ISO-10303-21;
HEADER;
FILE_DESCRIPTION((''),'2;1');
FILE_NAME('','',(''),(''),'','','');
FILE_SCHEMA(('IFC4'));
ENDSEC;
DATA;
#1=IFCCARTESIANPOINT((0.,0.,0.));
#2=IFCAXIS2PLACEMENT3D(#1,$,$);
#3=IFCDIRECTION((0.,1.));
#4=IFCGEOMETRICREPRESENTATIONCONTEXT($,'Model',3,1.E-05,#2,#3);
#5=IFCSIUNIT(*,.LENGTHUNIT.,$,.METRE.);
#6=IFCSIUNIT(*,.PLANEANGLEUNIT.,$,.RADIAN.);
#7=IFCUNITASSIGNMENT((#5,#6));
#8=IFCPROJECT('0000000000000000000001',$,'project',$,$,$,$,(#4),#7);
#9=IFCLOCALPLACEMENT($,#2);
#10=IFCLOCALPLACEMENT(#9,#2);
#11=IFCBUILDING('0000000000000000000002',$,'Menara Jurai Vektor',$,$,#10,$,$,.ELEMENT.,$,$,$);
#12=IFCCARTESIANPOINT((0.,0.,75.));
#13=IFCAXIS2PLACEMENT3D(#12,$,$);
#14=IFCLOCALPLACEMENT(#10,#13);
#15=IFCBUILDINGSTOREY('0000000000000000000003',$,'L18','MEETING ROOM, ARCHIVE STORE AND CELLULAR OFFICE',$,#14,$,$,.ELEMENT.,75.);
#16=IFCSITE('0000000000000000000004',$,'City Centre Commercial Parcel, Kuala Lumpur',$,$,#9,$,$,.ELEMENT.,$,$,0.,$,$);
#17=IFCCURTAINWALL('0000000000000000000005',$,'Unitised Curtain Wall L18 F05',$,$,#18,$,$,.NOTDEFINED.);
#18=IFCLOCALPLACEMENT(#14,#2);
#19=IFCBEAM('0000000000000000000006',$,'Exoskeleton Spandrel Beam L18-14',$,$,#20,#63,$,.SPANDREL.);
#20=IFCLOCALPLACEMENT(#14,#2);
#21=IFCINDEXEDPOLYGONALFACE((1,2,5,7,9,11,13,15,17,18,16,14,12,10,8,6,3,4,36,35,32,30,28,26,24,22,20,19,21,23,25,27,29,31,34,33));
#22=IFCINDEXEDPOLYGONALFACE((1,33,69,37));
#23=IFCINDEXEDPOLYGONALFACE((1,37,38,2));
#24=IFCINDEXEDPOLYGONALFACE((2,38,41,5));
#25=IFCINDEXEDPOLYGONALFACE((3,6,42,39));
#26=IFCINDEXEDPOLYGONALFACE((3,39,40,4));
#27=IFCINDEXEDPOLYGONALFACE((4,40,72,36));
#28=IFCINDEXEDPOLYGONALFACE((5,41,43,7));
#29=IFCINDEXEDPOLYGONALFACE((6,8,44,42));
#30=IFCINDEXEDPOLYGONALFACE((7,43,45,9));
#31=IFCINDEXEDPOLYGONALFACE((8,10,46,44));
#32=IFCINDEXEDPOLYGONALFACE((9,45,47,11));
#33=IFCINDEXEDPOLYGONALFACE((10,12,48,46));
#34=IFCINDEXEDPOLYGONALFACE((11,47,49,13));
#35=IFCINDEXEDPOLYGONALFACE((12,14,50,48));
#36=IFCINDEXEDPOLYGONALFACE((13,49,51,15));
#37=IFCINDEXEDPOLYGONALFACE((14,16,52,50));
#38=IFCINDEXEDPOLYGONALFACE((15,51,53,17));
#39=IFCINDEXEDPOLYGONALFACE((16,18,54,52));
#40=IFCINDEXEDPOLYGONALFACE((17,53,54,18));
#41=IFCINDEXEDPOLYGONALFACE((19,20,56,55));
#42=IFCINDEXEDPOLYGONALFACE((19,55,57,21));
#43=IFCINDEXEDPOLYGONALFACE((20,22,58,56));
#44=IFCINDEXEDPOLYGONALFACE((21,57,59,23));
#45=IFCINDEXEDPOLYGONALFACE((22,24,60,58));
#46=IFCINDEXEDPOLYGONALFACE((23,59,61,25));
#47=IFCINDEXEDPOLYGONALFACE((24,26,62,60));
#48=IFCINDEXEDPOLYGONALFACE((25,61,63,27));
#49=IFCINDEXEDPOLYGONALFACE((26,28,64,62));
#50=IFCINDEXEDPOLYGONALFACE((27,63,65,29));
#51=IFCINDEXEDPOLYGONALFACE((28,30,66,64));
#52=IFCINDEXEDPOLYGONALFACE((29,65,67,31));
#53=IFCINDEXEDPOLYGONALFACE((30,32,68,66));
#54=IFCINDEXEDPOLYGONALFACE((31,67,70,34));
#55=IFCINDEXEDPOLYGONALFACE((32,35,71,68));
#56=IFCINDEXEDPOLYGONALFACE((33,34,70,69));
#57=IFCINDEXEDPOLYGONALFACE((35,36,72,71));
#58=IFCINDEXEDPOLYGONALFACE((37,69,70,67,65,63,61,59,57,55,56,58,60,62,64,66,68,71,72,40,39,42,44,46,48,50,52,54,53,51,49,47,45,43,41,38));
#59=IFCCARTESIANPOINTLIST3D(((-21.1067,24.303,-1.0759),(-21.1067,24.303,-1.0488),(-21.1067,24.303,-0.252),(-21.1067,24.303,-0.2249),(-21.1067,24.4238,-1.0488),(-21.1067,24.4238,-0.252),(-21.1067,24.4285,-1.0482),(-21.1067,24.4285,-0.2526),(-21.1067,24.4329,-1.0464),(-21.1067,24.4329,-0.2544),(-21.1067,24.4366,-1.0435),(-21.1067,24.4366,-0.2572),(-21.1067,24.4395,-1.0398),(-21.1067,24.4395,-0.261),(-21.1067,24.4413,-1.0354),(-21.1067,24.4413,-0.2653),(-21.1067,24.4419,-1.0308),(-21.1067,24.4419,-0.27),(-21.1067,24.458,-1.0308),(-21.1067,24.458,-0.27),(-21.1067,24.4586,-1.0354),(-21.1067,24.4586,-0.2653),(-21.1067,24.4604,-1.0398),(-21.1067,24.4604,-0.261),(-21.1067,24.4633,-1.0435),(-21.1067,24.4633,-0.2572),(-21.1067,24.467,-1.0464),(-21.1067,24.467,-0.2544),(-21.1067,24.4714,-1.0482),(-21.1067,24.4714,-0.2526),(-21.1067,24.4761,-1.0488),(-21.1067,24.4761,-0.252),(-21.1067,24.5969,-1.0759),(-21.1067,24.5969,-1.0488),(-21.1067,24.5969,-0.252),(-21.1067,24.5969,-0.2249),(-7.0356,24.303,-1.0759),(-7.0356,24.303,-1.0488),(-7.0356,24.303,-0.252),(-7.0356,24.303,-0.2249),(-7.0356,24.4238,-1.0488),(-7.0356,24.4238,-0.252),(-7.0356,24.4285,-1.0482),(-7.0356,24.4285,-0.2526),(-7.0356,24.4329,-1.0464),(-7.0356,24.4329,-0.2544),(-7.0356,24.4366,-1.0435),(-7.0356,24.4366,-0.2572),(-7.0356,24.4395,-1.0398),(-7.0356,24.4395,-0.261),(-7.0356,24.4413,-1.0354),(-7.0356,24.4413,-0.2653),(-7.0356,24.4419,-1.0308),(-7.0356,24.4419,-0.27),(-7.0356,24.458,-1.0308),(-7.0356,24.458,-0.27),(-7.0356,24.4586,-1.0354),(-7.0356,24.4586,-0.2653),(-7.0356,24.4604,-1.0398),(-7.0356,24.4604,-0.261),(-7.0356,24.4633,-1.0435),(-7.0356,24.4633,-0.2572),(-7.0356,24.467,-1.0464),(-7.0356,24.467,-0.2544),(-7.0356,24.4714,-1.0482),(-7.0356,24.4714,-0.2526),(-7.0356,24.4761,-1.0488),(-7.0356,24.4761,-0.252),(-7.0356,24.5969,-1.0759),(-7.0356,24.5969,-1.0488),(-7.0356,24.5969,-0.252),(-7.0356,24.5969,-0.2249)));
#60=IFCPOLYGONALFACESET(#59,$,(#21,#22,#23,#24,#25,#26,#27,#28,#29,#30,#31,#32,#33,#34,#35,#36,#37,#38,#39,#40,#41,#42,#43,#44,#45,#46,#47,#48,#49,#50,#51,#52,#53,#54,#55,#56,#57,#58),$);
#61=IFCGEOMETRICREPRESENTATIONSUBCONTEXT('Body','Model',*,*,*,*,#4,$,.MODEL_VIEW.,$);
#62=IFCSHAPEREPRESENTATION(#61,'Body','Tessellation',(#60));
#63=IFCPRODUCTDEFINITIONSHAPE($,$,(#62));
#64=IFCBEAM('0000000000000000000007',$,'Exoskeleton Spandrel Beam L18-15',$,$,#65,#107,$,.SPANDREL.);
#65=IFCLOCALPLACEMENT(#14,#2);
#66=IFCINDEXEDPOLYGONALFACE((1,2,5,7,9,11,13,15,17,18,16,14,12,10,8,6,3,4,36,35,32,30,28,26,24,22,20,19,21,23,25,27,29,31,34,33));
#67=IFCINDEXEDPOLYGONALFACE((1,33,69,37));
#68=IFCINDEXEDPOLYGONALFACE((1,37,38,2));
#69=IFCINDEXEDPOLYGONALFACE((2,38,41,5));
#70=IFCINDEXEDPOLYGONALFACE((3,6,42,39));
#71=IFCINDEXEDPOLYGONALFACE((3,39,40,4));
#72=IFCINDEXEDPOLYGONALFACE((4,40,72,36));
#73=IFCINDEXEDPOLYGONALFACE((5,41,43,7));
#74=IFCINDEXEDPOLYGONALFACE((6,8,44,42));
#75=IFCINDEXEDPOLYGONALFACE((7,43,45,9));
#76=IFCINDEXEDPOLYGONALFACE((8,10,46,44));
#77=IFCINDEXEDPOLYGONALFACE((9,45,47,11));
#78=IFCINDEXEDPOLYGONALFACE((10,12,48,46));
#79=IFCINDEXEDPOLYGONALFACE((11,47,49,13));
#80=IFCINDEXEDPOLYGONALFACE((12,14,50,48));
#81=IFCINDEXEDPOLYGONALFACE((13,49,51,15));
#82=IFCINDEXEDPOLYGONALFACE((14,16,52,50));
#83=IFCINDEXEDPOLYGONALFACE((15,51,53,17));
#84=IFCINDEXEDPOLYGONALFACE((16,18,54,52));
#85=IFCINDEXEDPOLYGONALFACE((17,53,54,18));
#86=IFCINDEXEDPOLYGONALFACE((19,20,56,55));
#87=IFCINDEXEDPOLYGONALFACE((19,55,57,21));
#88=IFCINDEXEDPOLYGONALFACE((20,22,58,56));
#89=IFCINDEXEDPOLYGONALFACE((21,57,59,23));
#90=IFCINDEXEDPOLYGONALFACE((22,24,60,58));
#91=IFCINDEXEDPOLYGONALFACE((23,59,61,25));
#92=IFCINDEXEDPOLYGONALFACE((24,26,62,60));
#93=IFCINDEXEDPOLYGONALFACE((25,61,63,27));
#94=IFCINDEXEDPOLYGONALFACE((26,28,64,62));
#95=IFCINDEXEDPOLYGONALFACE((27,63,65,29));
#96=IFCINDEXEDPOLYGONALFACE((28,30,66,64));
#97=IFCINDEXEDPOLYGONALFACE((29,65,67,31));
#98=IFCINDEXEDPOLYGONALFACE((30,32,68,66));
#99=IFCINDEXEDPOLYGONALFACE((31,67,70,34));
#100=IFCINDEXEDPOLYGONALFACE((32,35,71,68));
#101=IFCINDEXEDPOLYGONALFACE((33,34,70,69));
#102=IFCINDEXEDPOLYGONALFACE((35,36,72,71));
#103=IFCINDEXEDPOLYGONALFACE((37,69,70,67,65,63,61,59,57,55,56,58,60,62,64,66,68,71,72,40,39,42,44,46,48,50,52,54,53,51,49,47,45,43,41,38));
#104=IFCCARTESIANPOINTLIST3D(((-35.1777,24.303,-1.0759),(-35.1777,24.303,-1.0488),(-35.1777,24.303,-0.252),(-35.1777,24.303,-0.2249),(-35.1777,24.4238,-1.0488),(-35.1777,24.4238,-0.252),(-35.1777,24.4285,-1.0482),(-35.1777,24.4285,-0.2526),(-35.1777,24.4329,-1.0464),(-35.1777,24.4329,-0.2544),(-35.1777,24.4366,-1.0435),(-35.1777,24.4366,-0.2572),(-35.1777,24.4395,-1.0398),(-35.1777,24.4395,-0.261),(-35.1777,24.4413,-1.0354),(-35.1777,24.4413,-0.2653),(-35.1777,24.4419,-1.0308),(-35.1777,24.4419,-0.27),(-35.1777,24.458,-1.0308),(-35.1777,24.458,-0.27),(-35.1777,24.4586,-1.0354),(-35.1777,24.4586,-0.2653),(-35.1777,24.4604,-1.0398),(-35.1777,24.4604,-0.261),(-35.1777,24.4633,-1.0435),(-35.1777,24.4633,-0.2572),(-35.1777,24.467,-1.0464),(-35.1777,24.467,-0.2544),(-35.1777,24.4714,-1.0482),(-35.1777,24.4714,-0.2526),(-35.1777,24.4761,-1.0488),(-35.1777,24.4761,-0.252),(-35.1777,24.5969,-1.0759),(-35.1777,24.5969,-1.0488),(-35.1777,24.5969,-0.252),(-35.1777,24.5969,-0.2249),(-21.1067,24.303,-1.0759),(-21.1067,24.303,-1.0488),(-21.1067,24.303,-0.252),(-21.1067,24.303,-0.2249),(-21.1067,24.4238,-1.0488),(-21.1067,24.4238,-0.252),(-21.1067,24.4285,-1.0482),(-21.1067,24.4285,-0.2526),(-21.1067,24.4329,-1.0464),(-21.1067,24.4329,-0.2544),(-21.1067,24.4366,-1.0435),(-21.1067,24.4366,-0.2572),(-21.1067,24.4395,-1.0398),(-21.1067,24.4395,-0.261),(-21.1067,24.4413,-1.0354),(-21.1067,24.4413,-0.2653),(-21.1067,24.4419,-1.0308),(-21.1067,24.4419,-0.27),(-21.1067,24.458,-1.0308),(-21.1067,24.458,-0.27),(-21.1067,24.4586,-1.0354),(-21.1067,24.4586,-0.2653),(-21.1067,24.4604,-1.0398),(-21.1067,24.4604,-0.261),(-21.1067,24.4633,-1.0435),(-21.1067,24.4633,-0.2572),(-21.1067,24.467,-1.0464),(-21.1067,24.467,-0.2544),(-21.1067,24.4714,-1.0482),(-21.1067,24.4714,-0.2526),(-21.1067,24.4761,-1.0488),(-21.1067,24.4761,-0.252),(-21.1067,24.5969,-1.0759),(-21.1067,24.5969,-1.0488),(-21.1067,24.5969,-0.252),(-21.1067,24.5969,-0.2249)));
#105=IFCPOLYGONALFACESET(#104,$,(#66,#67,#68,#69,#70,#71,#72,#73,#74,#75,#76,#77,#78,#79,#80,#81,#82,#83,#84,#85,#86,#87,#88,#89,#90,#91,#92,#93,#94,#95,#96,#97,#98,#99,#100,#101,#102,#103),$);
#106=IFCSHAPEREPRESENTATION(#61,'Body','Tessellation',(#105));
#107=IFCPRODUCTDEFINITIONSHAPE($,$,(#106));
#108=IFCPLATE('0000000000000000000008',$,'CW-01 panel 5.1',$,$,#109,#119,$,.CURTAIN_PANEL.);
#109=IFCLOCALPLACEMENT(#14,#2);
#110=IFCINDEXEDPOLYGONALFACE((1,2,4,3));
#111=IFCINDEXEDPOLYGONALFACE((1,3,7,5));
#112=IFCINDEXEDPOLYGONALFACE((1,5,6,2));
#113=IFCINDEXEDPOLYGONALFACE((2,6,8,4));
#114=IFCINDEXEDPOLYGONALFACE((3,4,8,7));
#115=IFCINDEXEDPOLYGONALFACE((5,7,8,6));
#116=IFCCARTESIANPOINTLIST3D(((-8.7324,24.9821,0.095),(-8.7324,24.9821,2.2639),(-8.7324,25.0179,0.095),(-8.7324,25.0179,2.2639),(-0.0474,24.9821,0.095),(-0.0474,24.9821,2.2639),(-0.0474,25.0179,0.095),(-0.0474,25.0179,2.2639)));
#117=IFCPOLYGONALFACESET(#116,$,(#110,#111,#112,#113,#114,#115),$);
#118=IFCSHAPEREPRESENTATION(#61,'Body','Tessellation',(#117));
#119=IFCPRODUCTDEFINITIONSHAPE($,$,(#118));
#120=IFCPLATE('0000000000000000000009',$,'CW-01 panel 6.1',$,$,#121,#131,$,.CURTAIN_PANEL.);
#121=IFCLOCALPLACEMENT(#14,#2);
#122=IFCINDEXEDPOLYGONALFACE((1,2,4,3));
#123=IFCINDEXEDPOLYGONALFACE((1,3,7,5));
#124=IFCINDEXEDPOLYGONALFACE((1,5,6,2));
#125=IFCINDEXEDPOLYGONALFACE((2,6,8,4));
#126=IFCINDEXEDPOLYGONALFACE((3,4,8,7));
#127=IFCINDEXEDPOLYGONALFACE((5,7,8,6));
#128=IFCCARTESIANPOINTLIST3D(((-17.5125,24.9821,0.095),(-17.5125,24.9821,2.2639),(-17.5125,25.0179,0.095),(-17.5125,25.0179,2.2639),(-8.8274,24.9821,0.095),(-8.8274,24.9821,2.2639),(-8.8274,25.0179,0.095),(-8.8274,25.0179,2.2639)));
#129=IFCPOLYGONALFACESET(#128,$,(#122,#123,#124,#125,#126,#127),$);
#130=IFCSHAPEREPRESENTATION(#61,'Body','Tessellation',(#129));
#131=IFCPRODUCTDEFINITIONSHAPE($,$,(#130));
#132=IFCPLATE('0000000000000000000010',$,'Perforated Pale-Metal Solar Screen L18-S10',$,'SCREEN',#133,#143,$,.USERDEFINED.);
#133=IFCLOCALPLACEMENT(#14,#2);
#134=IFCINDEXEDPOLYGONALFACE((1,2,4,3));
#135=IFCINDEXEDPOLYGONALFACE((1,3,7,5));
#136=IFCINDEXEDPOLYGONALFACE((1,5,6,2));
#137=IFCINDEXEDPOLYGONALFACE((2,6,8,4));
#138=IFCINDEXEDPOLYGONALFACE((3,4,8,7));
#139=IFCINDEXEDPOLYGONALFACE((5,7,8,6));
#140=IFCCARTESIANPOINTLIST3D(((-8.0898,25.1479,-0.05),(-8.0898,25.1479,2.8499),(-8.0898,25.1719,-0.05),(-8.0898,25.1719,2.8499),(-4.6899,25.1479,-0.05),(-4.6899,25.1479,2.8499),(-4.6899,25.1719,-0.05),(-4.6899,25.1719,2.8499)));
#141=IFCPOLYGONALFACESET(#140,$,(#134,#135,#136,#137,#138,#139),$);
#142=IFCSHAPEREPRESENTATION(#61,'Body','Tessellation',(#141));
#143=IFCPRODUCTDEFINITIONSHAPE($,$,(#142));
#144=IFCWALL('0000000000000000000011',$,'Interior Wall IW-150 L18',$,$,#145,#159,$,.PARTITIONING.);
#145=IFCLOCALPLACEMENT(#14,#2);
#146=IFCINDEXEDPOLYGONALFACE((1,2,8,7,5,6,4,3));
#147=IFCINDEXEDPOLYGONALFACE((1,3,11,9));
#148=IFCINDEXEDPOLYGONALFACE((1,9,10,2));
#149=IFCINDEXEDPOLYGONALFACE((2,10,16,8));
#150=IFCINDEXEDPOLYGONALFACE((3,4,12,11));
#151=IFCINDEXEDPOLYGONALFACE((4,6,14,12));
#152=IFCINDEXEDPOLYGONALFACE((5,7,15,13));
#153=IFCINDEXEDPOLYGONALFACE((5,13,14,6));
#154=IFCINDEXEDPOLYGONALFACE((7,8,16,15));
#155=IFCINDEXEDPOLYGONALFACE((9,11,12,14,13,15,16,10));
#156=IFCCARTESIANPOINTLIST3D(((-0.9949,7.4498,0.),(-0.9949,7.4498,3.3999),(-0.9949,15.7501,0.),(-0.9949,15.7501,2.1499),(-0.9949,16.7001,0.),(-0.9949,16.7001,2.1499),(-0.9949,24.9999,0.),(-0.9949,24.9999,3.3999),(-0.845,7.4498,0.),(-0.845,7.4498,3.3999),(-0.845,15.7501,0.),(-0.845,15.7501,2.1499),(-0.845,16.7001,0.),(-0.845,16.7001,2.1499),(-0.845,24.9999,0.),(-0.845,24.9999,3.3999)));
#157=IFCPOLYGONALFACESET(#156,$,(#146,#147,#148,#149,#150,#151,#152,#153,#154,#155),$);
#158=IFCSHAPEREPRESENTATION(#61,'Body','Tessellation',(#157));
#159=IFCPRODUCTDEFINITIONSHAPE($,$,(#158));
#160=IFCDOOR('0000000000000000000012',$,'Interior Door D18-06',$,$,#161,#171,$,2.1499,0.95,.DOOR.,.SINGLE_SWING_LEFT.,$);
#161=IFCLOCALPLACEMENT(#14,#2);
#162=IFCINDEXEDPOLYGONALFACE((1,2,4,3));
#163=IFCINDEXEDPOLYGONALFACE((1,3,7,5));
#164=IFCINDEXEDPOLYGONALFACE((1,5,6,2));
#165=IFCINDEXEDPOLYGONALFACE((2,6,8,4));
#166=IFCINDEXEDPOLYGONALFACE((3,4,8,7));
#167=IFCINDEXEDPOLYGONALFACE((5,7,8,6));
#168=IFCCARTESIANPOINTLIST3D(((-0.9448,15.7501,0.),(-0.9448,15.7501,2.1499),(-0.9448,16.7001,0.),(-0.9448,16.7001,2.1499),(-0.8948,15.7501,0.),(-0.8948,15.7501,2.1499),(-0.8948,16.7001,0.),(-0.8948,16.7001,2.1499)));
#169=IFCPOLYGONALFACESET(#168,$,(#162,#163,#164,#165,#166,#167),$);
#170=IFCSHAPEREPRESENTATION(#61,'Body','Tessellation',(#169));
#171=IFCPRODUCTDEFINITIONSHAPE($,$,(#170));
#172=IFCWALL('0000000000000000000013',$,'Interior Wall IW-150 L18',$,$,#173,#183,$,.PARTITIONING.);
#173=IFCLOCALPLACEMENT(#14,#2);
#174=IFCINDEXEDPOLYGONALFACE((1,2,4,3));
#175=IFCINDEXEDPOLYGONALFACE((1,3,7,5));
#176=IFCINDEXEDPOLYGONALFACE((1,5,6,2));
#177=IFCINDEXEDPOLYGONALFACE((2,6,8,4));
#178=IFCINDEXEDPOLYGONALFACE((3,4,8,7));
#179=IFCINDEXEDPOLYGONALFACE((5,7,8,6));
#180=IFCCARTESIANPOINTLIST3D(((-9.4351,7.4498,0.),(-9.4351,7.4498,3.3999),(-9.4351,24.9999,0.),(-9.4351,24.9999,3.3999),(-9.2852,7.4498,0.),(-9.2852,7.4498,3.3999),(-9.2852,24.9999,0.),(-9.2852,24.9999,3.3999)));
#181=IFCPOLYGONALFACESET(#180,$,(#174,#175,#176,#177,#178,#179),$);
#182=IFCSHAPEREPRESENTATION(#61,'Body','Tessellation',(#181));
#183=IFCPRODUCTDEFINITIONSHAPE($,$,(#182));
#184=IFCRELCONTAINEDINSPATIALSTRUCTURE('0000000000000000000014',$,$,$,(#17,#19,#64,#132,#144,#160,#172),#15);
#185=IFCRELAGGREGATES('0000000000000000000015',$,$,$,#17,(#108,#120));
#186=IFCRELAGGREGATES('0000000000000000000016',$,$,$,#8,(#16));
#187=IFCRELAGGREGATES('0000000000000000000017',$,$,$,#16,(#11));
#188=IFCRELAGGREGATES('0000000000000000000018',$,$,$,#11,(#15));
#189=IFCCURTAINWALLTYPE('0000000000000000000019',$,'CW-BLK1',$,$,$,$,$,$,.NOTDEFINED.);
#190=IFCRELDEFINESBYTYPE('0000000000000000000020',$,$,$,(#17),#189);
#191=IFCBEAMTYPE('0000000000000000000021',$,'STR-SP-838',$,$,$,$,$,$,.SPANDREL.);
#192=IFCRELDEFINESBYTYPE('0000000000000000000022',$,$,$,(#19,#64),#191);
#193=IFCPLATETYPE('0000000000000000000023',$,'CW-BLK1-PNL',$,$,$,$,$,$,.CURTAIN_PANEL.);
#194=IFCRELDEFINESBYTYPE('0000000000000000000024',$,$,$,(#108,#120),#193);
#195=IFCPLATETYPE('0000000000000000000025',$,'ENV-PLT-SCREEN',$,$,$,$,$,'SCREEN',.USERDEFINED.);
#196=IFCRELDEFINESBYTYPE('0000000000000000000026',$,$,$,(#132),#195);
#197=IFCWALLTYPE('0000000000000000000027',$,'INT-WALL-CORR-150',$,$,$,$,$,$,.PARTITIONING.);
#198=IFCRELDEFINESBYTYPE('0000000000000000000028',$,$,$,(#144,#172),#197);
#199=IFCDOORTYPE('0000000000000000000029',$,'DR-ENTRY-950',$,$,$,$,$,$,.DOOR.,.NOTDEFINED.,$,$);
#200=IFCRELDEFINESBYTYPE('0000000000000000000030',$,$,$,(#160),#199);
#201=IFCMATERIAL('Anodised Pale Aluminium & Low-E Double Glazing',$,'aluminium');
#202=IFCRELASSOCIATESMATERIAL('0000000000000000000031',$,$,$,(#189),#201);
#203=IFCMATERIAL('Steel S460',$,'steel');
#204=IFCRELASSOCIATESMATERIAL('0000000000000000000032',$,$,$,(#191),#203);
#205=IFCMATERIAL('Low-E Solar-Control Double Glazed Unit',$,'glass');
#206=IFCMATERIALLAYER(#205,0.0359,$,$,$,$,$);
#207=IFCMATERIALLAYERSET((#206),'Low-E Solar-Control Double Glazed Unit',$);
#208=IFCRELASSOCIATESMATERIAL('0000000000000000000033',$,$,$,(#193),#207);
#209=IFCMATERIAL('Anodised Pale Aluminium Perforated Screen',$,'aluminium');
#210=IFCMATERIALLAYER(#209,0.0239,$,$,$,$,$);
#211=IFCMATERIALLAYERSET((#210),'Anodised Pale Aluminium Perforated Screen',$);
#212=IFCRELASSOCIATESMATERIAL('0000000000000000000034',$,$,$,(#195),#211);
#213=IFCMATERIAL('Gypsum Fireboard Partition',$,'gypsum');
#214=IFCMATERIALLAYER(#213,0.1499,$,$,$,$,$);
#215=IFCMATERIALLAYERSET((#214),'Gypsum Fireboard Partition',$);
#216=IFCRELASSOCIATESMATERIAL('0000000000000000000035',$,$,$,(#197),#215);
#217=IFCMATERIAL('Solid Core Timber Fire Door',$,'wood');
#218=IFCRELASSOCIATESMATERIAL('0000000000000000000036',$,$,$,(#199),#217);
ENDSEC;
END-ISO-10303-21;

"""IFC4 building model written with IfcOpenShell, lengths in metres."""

from ifc_helpers import new_model, si_unit, direction, frame, frame_2d, origin, origin_2d, place, context, subcontext, project, spatial, rectangle, i_section, extrude, material, layer, layer_set, material_profile, profile_set, type_object, element, fill, aggregate, save


model = new_model("IFC4")

# Units and contexts
model_context = context("Model", 3, precision=1e-05, world=origin(), true_north=direction((0.0, 1.0)))
body_context = subcontext(model_context, "Body", "Model", "MODEL_VIEW")
ifc_project = project(units=[si_unit("LENGTHUNIT", "METRE"), si_unit("PLANEANGLEUNIT", "RADIAN")], contexts=[model_context])

# Site, building, storey
site_placement = place(None, origin())
site = spatial("IfcSite", under=ifc_project, at=site_placement, Name="City Centre Commercial Parcel, Kuala Lumpur", CompositionType="ELEMENT", RefElevation=0.0)
building_placement = place(site_placement, origin())
building = spatial("IfcBuilding", under=site, at=building_placement, Name="Menara Jurai Vektor", CompositionType="ELEMENT")
storey_placement = place(building_placement, frame((0.0, 0.0, 75.0)))
storey = spatial("IfcBuildingStorey", under=building, at=storey_placement, Name="L18", Description="MEETING ROOM, ARCHIVE STORE AND CELLULAR OFFICE", CompositionType="ELEMENT", Elevation=75.0)

# Shared definitions
ifc_material_1 = material(Name="Steel S460", Category="steel")

# Curtain wall
ifc_material_2 = material(Name="Anodised Pale Aluminium & Low-E Double Glazing", Category="aluminium")
curtain_wall_type = type_object("IfcCurtainWallType", Name="CW-BLK1", PredefinedType="NOTDEFINED", material=ifc_material_2)
curtain_wall_placement = place(storey_placement, origin())
curtain_wall = element("IfcCurtainWall", 1, at=curtain_wall_placement, inside=storey, type_object=curtain_wall_type, Name="Unitised Curtain Wall L18 F05", PredefinedType="NOTDEFINED")

# Beams
ifc_material_profile_1 = material_profile(ifc_material_1, i_section(OverallWidth=0.2939, OverallDepth=0.8511, WebThickness=0.0161, FlangeThickness=0.0271, FilletRadius=0.0181, at=origin_2d()), Name="UKB 838x292x226")
ifc_profile_set_1 = profile_set([ifc_material_profile_1], Name="Steel S460")
beam_type_1 = type_object("IfcBeamType", Name="STR-SP-838", PredefinedType="SPANDREL", material=ifc_profile_set_1)
for number, where, z_axis, x_axis, name in (
    (2, (-7.0356, 24.45, -0.6504), (-1.0, 0.0, 0.0), (0.0, -1.0, 0.0), "Exoskeleton Spandrel Beam L18-14"),
    (3, (-21.1067, 24.45, -0.6504), (-1.0, 0.0, 0.0), (0.0, -1.0, 0.0), "Exoskeleton Spandrel Beam L18-15"),
):
    element("IfcBeam", number, at=place(storey_placement, frame(where, z_axis=z_axis, x_axis=x_axis)), inside=storey, type_object=beam_type_1, Name=name, PredefinedType="SPANDREL", context=body_context, shape_type="SweptSolid", body=[
        extrude(i_section(OverallWidth=0.2939, OverallDepth=0.8511, WebThickness=0.0161, FlangeThickness=0.0271, FilletRadius=0.0181, at=origin_2d()), origin(), (0.0, 0.0, 1.0), 14.071),
    ])

# Plates
ifc_material_3 = material(Name="Low-E Solar-Control Double Glazed Unit", Category="glass")
ifc_layer_1 = layer(ifc_material_3, 0.0359)
ifc_layer_set_1 = layer_set([ifc_layer_1], Name="Low-E Solar-Control Double Glazed Unit")
plate_type_1 = type_object("IfcPlateType", Name="CW-BLK1-PNL", PredefinedType="CURTAIN_PANEL", material=ifc_layer_set_1)
plate_1_placement = place(storey_placement, frame((-4.3899, 25.0, 0.095), z_axis=(0.0, 0.0, 1.0), x_axis=(-1.0, 0.0, 0.0)))
plate_1 = element("IfcPlate", 4, at=plate_1_placement, type_object=plate_type_1, Name="CW-01 panel 5.1", PredefinedType="CURTAIN_PANEL", context=body_context, shape_type="SweptSolid", body=[
    extrude(rectangle(XDim=8.6851, YDim=0.0359, at=origin_2d()), origin(), (0.0, 0.0, 1.0), 2.1689),
])
plate_2_placement = place(storey_placement, frame((-13.1699, 25.0, 0.095), z_axis=(0.0, 0.0, 1.0), x_axis=(-1.0, 0.0, 0.0)))
plate_2 = element("IfcPlate", 5, at=plate_2_placement, type_object=plate_type_1, Name="CW-01 panel 6.1", PredefinedType="CURTAIN_PANEL", context=body_context, shape_type="SweptSolid", body=[
    extrude(rectangle(XDim=8.6851, YDim=0.0359, at=origin_2d()), origin(), (0.0, 0.0, 1.0), 2.1689),
])
aggregate(curtain_wall, [plate_1, plate_2])
ifc_material_4 = material(Name="Anodised Pale Aluminium Perforated Screen", Category="aluminium")
ifc_layer_2 = layer(ifc_material_4, 0.0239)
ifc_layer_set_2 = layer_set([ifc_layer_2], Name="Anodised Pale Aluminium Perforated Screen")
plate_type_2 = type_object("IfcPlateType", Name="ENV-PLT-SCREEN", ElementType="SCREEN", PredefinedType="USERDEFINED", material=ifc_layer_set_2)
plate_3_placement = place(storey_placement, frame((-6.3899, 25.1599, -0.05), z_axis=(0.0, 0.0, 1.0), x_axis=(-1.0, 0.0, 0.0)))
element("IfcPlate", 6, at=plate_3_placement, inside=storey, type_object=plate_type_2, Name="Perforated Pale-Metal Solar Screen L18-S10", ObjectType="SCREEN", PredefinedType="USERDEFINED", context=body_context, shape_type="SweptSolid", body=[
    extrude(rectangle(XDim=3.3999, YDim=0.0239, at=origin_2d()), origin(), (0.0, 0.0, 1.0), 2.8999),
])

# Wall, opening, door
ifc_material_5 = material(Name="Gypsum Fireboard Partition", Category="gypsum")
ifc_layer_3 = layer(ifc_material_5, 0.1499)
ifc_layer_set_3 = layer_set([ifc_layer_3], Name="Gypsum Fireboard Partition")
wall_type = type_object("IfcWallType", Name="INT-WALL-CORR-150", PredefinedType="PARTITIONING", material=ifc_layer_set_3)
wall_1_placement = place(storey_placement, frame((-0.9199, 7.45, 0.0), z_axis=(0.0, 0.0, 1.0), x_axis=(0.0, 1.0, 0.0)))
wall_1 = element("IfcWall", 7, at=wall_1_placement, inside=storey, type_object=wall_type, Name="Interior Wall IW-150 L18", PredefinedType="PARTITIONING", context=body_context, shape_type="SweptSolid", body=[
    extrude(rectangle(XDim=17.55, YDim=0.1499, at=frame_2d((8.7749, 0.0))), origin(), (0.0, 0.0, 1.0), 3.3999),
])
opening_placement = place(wall_1_placement, frame((8.3, 0.0, 0.0)))
opening = element("IfcOpeningElement", 8, at=opening_placement, cuts=wall_1, PredefinedType="OPENING", context=body_context, shape_type="SweptSolid", body=[
    extrude(rectangle(XDim=0.95, YDim=2.1499, at=frame_2d((0.4751, 1.075))), frame((0.0, 0.085, 0.0), z_axis=(0.0, -1.0, 0.0), x_axis=(1.0, 0.0, 0.0)), (0.0, 0.0, 1.0), 0.1699),
])
ifc_material_6 = material(Name="Solid Core Timber Fire Door", Category="wood")
door_type = type_object("IfcDoorType", Name="DR-ENTRY-950", OperationType="NOTDEFINED", PredefinedType="DOOR", material=ifc_material_6)
door_placement = place(opening_placement, origin())
door = element("IfcDoor", 9, at=door_placement, inside=storey, type_object=door_type, Name="Interior Door D18-06", OperationType="SINGLE_SWING_LEFT", OverallHeight=2.1499, OverallWidth=0.95, PredefinedType="DOOR", context=body_context, shape_type="SweptSolid", body=[
    extrude(rectangle(XDim=0.95, YDim=2.1499, at=frame_2d((0.4751, 1.075))), frame((0.0, 0.0249, 0.0), z_axis=(0.0, -1.0, 0.0), x_axis=(1.0, 0.0, 0.0)), (0.0, 0.0, 1.0), 0.05),
])
fill(opening, door)

# Wall
wall_2_placement = place(storey_placement, frame((-9.3601, 7.45, 0.0), z_axis=(0.0, 0.0, 1.0), x_axis=(0.0, 1.0, 0.0)))
element("IfcWall", 10, at=wall_2_placement, inside=storey, type_object=wall_type, Name="Interior Wall IW-150 L18", PredefinedType="PARTITIONING", context=body_context, shape_type="SweptSolid", body=[
    extrude(rectangle(XDim=17.55, YDim=0.1499, at=frame_2d((8.7749, 0.0))), origin(), (0.0, 0.0, 1.0), 3.3999),
])

save(model, "model.ifc")
